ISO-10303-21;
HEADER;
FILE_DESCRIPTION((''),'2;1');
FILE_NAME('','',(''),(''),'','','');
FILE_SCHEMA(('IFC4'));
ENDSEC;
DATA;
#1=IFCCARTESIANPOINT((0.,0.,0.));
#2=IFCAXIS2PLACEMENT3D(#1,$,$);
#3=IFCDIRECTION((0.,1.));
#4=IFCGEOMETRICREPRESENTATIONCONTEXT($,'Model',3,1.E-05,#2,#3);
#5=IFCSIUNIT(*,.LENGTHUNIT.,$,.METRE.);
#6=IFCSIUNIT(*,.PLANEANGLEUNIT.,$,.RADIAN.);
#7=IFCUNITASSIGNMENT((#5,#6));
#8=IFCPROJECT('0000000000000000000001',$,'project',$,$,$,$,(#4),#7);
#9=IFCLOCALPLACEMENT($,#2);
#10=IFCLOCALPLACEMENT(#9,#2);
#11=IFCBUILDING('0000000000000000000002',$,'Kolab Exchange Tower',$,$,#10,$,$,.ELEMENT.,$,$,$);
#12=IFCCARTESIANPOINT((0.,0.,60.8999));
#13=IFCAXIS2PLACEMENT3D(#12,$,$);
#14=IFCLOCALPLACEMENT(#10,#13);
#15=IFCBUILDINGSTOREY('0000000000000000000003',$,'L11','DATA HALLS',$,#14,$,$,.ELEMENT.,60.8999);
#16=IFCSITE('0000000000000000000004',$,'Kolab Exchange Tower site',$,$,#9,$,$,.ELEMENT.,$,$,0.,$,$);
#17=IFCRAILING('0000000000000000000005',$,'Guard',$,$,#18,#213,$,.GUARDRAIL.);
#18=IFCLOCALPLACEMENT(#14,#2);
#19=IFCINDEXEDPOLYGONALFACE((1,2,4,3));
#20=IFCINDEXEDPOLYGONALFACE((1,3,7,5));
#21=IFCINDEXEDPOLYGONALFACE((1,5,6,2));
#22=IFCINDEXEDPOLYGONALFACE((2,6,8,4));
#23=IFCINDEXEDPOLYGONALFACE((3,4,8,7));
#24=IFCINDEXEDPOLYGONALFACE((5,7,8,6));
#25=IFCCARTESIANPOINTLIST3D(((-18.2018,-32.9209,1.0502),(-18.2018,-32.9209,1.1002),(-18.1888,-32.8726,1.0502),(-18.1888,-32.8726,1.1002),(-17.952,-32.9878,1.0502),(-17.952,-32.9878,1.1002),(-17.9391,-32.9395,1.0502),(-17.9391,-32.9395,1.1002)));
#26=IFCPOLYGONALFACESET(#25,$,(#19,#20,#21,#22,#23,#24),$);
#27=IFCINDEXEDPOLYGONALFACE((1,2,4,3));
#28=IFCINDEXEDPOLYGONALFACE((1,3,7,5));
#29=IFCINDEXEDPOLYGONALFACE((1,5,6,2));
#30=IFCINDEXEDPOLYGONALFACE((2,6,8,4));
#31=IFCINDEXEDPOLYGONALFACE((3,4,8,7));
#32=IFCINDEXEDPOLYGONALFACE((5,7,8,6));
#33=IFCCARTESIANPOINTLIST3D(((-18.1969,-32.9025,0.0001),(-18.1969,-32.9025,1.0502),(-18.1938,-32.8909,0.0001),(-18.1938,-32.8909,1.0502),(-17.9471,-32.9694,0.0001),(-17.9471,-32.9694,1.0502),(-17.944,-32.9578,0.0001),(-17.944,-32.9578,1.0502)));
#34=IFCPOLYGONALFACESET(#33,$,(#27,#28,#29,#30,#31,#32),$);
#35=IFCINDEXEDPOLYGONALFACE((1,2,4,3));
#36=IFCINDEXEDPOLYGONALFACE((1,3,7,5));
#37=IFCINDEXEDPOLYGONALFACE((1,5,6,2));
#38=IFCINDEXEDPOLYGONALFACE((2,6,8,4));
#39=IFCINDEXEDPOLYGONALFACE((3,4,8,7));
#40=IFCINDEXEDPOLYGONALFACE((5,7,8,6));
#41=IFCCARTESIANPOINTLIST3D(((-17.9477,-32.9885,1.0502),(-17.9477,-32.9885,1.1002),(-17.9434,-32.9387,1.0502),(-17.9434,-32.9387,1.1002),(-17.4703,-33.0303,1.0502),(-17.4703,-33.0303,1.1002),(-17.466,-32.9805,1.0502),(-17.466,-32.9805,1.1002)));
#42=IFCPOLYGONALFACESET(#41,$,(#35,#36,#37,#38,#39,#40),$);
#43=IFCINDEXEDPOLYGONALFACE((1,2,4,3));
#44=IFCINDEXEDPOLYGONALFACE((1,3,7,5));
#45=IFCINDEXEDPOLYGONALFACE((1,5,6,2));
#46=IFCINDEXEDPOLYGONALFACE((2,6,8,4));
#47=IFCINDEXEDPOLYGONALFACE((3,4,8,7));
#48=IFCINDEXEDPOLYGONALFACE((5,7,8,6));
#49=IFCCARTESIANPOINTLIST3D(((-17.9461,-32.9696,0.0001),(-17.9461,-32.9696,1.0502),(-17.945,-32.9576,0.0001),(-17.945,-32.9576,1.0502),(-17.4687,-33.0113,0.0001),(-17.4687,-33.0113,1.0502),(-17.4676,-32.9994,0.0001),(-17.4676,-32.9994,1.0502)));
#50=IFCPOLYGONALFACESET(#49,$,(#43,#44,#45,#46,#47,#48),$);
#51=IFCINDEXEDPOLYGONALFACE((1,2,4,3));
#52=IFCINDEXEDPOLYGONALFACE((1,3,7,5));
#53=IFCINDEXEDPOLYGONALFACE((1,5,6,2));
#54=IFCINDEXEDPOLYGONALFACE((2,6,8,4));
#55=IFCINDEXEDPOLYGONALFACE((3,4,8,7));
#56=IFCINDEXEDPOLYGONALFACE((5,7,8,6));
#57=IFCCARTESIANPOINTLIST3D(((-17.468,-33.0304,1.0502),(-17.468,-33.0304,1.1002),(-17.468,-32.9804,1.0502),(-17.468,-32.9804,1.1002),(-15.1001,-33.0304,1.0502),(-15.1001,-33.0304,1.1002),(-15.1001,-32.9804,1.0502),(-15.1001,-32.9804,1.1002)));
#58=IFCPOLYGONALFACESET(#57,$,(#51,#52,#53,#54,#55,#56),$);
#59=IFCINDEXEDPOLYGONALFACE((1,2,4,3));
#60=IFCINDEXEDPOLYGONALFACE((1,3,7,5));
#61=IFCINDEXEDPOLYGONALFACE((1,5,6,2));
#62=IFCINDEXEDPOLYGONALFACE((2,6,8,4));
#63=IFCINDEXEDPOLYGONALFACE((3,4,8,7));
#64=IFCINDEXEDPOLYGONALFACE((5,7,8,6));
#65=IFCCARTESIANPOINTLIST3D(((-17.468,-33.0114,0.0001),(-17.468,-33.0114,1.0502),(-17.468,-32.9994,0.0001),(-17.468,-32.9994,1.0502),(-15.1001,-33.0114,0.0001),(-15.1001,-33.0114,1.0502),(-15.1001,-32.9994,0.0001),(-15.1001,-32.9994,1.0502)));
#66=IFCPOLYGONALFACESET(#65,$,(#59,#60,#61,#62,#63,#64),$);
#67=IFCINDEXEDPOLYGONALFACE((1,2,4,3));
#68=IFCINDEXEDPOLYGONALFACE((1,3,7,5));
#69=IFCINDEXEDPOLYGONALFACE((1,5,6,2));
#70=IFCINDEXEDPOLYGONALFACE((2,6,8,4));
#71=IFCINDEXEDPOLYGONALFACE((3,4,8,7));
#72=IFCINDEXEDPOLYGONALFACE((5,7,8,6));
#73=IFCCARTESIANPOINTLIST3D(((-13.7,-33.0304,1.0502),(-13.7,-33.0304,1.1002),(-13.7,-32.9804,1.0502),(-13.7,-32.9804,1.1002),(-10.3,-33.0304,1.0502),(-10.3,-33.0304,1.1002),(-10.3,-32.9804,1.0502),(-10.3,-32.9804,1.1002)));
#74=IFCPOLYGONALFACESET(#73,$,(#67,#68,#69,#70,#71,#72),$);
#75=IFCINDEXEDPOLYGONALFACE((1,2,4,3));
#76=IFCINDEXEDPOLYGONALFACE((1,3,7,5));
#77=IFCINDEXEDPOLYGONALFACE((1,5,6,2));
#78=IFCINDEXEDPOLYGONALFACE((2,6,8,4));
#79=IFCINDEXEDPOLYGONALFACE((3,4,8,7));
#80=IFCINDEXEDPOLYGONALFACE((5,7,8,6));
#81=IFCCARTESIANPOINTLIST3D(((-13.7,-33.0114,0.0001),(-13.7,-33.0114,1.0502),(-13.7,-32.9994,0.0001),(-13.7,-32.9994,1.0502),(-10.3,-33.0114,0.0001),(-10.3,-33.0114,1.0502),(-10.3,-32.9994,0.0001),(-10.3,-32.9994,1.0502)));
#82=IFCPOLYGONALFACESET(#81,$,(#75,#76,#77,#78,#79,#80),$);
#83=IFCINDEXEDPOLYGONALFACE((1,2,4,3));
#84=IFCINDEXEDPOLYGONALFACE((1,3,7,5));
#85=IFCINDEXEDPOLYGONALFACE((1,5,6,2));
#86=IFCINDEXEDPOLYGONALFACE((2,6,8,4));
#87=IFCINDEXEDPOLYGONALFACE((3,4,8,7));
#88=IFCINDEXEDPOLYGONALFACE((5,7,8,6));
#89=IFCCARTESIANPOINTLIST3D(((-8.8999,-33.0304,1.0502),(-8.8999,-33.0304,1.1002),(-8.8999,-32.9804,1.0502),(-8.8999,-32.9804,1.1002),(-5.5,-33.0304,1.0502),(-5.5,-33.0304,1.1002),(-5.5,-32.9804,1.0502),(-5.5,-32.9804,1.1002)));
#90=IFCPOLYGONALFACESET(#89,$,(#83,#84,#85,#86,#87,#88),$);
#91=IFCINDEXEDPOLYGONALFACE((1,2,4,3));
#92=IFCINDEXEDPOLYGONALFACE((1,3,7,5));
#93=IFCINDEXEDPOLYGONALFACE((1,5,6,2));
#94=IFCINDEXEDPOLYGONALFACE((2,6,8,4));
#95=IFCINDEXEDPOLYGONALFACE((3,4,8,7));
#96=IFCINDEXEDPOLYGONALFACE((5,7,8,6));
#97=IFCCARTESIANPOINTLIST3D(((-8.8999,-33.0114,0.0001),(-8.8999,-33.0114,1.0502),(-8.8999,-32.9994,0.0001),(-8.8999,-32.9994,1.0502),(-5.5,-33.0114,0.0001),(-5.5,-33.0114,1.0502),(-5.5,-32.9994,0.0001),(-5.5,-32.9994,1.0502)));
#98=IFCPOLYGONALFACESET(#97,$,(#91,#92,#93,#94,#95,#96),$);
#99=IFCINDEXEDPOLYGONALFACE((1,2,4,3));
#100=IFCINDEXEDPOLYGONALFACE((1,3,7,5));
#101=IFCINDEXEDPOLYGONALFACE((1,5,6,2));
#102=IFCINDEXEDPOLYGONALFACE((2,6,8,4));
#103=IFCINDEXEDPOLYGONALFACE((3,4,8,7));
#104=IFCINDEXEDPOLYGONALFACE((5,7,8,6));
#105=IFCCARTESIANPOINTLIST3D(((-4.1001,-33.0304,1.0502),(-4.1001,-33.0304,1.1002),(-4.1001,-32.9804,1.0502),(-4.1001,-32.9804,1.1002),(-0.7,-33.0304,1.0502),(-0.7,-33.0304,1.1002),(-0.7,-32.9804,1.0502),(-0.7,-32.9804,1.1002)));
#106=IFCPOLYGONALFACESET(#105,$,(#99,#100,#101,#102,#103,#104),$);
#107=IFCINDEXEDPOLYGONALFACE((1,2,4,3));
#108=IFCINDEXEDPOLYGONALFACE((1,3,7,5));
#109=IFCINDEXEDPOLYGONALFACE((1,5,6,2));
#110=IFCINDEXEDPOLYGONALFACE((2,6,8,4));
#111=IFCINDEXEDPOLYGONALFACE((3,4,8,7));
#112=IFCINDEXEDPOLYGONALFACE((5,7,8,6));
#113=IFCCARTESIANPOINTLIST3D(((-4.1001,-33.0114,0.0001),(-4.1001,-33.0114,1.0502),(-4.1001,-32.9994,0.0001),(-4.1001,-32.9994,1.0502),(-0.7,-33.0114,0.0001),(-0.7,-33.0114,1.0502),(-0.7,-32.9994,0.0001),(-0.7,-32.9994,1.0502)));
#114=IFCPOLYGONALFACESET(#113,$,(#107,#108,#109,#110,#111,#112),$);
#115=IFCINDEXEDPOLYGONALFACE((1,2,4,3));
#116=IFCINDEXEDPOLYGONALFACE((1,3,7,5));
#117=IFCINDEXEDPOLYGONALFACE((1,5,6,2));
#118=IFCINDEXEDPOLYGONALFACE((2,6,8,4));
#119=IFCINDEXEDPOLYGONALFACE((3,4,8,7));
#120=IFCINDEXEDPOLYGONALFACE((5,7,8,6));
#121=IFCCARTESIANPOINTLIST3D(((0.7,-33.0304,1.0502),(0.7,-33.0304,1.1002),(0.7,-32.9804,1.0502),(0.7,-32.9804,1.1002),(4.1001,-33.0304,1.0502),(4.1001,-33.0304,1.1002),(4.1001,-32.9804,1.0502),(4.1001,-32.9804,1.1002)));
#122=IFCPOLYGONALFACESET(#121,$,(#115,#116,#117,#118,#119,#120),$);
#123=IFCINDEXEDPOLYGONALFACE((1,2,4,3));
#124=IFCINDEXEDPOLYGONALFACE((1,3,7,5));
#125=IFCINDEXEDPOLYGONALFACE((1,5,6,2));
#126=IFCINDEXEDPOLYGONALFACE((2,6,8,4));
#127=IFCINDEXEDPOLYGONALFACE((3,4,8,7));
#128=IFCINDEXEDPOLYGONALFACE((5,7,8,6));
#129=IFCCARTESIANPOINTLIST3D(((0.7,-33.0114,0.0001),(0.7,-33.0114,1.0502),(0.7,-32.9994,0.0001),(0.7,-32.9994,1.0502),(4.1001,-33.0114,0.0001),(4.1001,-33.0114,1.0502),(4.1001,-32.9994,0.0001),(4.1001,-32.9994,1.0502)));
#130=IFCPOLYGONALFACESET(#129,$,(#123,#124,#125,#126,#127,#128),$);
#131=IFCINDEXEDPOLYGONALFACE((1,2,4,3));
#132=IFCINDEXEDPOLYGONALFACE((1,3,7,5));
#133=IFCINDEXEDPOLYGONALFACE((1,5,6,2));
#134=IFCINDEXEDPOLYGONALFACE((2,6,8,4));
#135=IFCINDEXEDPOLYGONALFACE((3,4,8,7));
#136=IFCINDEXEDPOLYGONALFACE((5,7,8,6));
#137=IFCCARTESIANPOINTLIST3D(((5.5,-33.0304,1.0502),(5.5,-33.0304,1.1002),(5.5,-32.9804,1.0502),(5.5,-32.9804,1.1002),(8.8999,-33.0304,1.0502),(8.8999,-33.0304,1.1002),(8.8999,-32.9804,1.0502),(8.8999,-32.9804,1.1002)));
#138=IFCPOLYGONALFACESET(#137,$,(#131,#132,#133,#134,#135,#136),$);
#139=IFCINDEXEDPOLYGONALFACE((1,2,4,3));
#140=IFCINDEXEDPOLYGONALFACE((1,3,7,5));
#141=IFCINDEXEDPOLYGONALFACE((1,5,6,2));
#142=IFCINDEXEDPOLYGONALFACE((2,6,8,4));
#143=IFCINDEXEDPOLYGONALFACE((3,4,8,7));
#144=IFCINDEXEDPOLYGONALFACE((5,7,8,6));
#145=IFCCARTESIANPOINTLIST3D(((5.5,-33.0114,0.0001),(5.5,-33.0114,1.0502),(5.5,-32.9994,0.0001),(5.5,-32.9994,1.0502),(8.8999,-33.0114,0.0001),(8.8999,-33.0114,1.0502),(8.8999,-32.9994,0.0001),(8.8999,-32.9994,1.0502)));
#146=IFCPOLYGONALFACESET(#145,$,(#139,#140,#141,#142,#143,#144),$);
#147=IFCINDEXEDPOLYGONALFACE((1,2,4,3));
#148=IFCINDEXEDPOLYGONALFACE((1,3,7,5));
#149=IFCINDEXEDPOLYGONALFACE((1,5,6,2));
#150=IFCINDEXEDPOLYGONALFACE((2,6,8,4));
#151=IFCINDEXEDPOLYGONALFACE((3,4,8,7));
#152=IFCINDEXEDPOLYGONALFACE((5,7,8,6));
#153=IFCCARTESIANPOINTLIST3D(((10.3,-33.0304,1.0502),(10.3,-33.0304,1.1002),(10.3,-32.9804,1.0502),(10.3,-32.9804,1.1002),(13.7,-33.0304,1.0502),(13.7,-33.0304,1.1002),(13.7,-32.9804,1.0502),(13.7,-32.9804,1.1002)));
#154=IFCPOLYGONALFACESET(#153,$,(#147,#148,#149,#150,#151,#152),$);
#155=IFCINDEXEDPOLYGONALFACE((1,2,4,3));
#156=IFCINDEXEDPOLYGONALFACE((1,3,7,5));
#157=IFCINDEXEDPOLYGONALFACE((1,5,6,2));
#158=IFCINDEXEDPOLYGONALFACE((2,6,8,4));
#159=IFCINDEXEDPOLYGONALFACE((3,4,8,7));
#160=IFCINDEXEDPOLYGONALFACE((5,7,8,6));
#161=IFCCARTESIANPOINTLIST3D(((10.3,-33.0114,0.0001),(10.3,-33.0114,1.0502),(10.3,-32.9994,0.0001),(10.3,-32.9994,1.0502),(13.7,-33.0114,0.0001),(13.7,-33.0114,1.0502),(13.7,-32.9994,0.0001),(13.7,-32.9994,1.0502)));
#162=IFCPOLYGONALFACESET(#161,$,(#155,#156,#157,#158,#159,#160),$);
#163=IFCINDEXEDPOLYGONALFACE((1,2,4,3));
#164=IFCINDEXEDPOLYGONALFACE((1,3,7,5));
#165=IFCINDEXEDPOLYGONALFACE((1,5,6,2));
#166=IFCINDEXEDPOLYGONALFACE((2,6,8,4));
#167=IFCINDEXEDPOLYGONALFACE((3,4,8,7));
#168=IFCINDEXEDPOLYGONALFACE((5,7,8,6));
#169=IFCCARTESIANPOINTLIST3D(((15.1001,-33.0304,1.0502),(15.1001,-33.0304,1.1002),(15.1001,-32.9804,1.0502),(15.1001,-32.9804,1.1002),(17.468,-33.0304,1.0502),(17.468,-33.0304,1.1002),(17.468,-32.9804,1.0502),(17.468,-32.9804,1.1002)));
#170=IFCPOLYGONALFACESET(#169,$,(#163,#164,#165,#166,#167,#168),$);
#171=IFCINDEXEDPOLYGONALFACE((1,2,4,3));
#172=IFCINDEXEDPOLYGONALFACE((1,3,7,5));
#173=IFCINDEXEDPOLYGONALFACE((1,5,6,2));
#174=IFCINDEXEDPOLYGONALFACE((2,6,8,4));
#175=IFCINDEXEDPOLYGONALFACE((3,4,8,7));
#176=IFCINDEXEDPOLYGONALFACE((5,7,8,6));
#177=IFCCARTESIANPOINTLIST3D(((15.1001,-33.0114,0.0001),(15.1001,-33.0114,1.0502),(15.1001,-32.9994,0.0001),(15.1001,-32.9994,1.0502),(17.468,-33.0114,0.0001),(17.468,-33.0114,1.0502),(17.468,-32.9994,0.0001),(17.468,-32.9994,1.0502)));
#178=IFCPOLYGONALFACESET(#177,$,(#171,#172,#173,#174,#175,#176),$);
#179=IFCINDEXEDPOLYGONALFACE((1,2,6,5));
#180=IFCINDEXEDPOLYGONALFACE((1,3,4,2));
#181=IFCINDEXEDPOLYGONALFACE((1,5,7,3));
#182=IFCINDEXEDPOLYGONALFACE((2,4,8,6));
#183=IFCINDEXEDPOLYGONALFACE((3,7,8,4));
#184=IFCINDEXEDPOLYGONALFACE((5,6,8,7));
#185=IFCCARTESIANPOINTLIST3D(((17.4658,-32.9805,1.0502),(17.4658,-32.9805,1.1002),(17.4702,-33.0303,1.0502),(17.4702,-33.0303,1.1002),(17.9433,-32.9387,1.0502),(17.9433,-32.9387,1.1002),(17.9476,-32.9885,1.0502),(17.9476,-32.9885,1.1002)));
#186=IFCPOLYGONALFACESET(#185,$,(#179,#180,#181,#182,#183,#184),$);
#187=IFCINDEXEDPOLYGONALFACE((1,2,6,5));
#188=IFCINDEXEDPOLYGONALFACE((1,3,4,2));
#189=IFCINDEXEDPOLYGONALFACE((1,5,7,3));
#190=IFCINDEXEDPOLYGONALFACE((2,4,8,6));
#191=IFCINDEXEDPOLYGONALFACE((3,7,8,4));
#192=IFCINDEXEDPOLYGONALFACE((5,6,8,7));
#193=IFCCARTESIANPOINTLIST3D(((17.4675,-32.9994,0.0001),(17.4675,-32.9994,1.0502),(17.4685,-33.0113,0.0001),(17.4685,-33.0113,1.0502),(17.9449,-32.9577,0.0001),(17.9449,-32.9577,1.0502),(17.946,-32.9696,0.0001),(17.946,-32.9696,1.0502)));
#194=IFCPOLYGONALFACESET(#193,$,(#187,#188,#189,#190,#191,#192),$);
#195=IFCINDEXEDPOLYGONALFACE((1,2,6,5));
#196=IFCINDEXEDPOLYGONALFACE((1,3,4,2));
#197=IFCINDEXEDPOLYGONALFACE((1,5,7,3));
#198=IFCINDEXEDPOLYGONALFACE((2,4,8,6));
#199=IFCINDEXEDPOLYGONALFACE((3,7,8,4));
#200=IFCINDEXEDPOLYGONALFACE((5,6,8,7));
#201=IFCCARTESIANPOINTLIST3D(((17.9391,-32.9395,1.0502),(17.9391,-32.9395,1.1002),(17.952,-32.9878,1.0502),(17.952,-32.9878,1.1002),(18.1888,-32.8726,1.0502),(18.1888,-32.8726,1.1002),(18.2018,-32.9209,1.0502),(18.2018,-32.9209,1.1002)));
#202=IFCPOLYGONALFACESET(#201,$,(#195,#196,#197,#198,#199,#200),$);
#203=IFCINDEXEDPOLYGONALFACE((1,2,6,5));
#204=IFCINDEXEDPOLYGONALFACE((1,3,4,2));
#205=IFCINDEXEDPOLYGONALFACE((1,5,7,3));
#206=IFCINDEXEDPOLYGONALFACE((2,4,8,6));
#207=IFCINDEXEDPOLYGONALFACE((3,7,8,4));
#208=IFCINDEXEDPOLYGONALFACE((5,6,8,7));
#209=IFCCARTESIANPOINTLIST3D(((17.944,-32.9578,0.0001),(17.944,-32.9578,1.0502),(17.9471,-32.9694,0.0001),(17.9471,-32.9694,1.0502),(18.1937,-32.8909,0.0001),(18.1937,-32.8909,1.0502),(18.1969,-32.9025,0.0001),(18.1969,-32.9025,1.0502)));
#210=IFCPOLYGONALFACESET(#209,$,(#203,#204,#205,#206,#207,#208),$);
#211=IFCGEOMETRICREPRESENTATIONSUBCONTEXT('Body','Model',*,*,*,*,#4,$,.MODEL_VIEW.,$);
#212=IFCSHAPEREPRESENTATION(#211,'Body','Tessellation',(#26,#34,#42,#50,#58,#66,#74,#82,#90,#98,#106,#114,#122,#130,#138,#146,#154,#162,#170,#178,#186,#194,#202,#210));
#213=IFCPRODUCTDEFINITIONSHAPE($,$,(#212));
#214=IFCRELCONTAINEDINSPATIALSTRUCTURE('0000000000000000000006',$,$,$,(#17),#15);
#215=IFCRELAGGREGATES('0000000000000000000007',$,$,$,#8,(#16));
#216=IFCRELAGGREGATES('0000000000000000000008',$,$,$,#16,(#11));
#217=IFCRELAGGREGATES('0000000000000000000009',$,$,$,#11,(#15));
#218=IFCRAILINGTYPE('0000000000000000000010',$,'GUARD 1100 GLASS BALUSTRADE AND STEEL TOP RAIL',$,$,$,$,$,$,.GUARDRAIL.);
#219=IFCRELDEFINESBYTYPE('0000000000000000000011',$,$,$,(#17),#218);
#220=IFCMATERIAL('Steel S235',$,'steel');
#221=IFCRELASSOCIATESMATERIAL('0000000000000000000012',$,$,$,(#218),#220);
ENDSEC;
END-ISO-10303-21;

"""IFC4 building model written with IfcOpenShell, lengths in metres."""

from ifc_helpers import new_model, si_unit, direction, frame, frame_2d, origin, origin_2d, place, context, subcontext, project, spatial, rectangle, extrude, material, type_object, element, save


model = new_model("IFC4")

# Units and contexts
model_context = context("Model", 3, precision=1e-05, world=origin(), true_north=direction((0.0, 1.0)))
body_context = subcontext(model_context, "Body", "Model", "MODEL_VIEW")
ifc_project = project(units=[si_unit("LENGTHUNIT", "METRE"), si_unit("PLANEANGLEUNIT", "RADIAN")], contexts=[model_context])

# Site, building, storey
site_placement = place(None, origin())
site = spatial("IfcSite", under=ifc_project, at=site_placement, Name="Kolab Exchange Tower site", CompositionType="ELEMENT", RefElevation=0.0)
building_placement = place(site_placement, origin())
building = spatial("IfcBuilding", under=site, at=building_placement, Name="Kolab Exchange Tower", CompositionType="ELEMENT")
storey_placement = place(building_placement, frame((0.0, 0.0, 60.8999)))
storey = spatial("IfcBuildingStorey", under=building, at=storey_placement, Name="L11", Description="DATA HALLS", CompositionType="ELEMENT", Elevation=60.8999)

# Railing
ifc_material_1 = material(Name="Steel S235", Category="steel")
railing_type = type_object("IfcRailingType", Name="GUARD 1100 GLASS BALUSTRADE AND STEEL TOP RAIL", PredefinedType="GUARDRAIL", material=ifc_material_1)
railing_placement = place(storey_placement, frame((-18.1953, -32.8967, 0.0)))
element("IfcRailing", 1, at=railing_placement, inside=storey, type_object=railing_type, Name="Guard", PredefinedType="GUARDRAIL", context=body_context, shape_type="SweptSolid", body=[
    extrude(rectangle(XDim=0.05, YDim=0.05, at=origin_2d()), frame((0.0, 0.0, 1.0752), z_axis=(0.965952, -0.25872, 0.0), x_axis=(0.25872, 0.965952, 0.0)), (0.0, 0.0, 1.0), 0.2585),
    extrude(rectangle(XDim=0.012, YDim=1.0501, at=frame_2d((0.0, 0.5251))), frame((0.0, 0.0, 0.0), z_axis=(0.965952, -0.25872, 0.0), x_axis=(0.25872, 0.965952, 0.0)), (0.0, 0.0, 1.0), 0.2585),
    extrude(rectangle(XDim=0.05, YDim=0.05, at=origin_2d()), frame((0.2498, -0.0669, 1.0752), z_axis=(0.9962, -0.087091, 0.0), x_axis=(0.087091, 0.9962, 0.0)), (0.0, 0.0, 1.0), 0.4792),
    extrude(rectangle(XDim=0.012, YDim=1.0501, at=frame_2d((0.0, 0.5251))), frame((0.2498, -0.0669, 0.0), z_axis=(0.9962, -0.087091, 0.0), x_axis=(0.087091, 0.9962, 0.0)), (0.0, 0.0, 1.0), 0.4792),
    extrude(rectangle(XDim=0.05, YDim=0.05, at=origin_2d()), frame((0.7273, -0.1086, 1.0752), z_axis=(1.0, 0.0, 0.0), x_axis=(0.0, 1.0, 0.0)), (0.0, 0.0, 1.0), 2.3679),
    extrude(rectangle(XDim=0.012, YDim=1.0501, at=frame_2d((0.0, 0.5251))), frame((0.7273, -0.1086, 0.0), z_axis=(1.0, 0.0, 0.0), x_axis=(0.0, 1.0, 0.0)), (0.0, 0.0, 1.0), 2.3679),
    extrude(rectangle(XDim=0.05, YDim=0.05, at=origin_2d()), frame((4.4954, -0.1086, 1.0752), z_axis=(1.0, 0.0, 0.0), x_axis=(0.0, 1.0, 0.0)), (0.0, 0.0, 1.0), 3.3999),
    extrude(rectangle(XDim=0.012, YDim=1.0501, at=frame_2d((0.0, 0.5251))), frame((4.4954, -0.1086, 0.0), z_axis=(1.0, 0.0, 0.0), x_axis=(0.0, 1.0, 0.0)), (0.0, 0.0, 1.0), 3.3999),
    extrude(rectangle(XDim=0.05, YDim=0.05, at=origin_2d()), frame((9.2954, -0.1086, 1.0752), z_axis=(1.0, 0.0, 0.0), x_axis=(0.0, 1.0, 0.0)), (0.0, 0.0, 1.0), 3.3999),
    extrude(rectangle(XDim=0.012, YDim=1.0501, at=frame_2d((0.0, 0.5251))), frame((9.2954, -0.1086, 0.0), z_axis=(1.0, 0.0, 0.0), x_axis=(0.0, 1.0, 0.0)), (0.0, 0.0, 1.0), 3.3999),
    extrude(rectangle(XDim=0.05, YDim=0.05, at=origin_2d()), frame((14.0952, -0.1086, 1.0752), z_axis=(1.0, 0.0, 0.0), x_axis=(0.0, 1.0, 0.0)), (0.0, 0.0, 1.0), 3.4001),
    extrude(rectangle(XDim=0.012, YDim=1.0501, at=frame_2d((0.0, 0.5251))), frame((14.0952, -0.1086, 0.0), z_axis=(1.0, 0.0, 0.0), x_axis=(0.0, 1.0, 0.0)), (0.0, 0.0, 1.0), 3.4001),
    extrude(rectangle(XDim=0.05, YDim=0.05, at=origin_2d()), frame((18.8953, -0.1086, 1.0752), z_axis=(1.0, 0.0, 0.0), x_axis=(0.0, 1.0, 0.0)), (0.0, 0.0, 1.0), 3.4001),
    extrude(rectangle(XDim=0.012, YDim=1.0501, at=frame_2d((0.0, 0.5251))), frame((18.8953, -0.1086, 0.0), z_axis=(1.0, 0.0, 0.0), x_axis=(0.0, 1.0, 0.0)), (0.0, 0.0, 1.0), 3.4001),
    extrude(rectangle(XDim=0.05, YDim=0.05, at=origin_2d()), frame((23.6953, -0.1086, 1.0752), z_axis=(1.0, 0.0, 0.0), x_axis=(0.0, 1.0, 0.0)), (0.0, 0.0, 1.0), 3.3999),
    extrude(rectangle(XDim=0.012, YDim=1.0501, at=frame_2d((0.0, 0.5251))), frame((23.6953, -0.1086, 0.0), z_axis=(1.0, 0.0, 0.0), x_axis=(0.0, 1.0, 0.0)), (0.0, 0.0, 1.0), 3.3999),
    extrude(rectangle(XDim=0.05, YDim=0.05, at=origin_2d()), frame((28.4954, -0.1086, 1.0752), z_axis=(1.0, 0.0, 0.0), x_axis=(0.0, 1.0, 0.0)), (0.0, 0.0, 1.0), 3.3999),
    extrude(rectangle(XDim=0.012, YDim=1.0501, at=frame_2d((0.0, 0.5251))), frame((28.4954, -0.1086, 0.0), z_axis=(1.0, 0.0, 0.0), x_axis=(0.0, 1.0, 0.0)), (0.0, 0.0, 1.0), 3.3999),
    extrude(rectangle(XDim=0.05, YDim=0.05, at=origin_2d()), frame((33.2954, -0.1086, 1.0752), z_axis=(1.0, 0.0, 0.0), x_axis=(0.0, 1.0, 0.0)), (0.0, 0.0, 1.0), 2.3679),
    extrude(rectangle(XDim=0.012, YDim=1.0501, at=frame_2d((0.0, 0.5251))), frame((33.2954, -0.1086, 0.0), z_axis=(1.0, 0.0, 0.0), x_axis=(0.0, 1.0, 0.0)), (0.0, 0.0, 1.0), 2.3679),
    extrude(rectangle(XDim=0.05, YDim=0.05, at=origin_2d()), frame((35.6633, -0.1086, 1.0752), z_axis=(0.9962, 0.087091, 0.0), x_axis=(-0.087091, 0.9962, 0.0)), (0.0, 0.0, 1.0), 0.4792),
    extrude(rectangle(XDim=0.012, YDim=1.0501, at=frame_2d((0.0, 0.5251))), frame((35.6633, -0.1086, 0.0), z_axis=(0.9962, 0.087091, 0.0), x_axis=(-0.087091, 0.9962, 0.0)), (0.0, 0.0, 1.0), 0.4792),
    extrude(rectangle(XDim=0.05, YDim=0.05, at=origin_2d()), frame((36.1409, -0.0669, 1.0752), z_axis=(0.965952, 0.25872, 0.0), x_axis=(-0.25872, 0.965952, 0.0)), (0.0, 0.0, 1.0), 0.2585),
    extrude(rectangle(XDim=0.012, YDim=1.0501, at=frame_2d((0.0, 0.5251))), frame((36.1409, -0.0669, 0.0), z_axis=(0.965952, 0.25872, 0.0), x_axis=(-0.25872, 0.965952, 0.0)), (0.0, 0.0, 1.0), 0.2585),
])

save(model, "model.ifc")
